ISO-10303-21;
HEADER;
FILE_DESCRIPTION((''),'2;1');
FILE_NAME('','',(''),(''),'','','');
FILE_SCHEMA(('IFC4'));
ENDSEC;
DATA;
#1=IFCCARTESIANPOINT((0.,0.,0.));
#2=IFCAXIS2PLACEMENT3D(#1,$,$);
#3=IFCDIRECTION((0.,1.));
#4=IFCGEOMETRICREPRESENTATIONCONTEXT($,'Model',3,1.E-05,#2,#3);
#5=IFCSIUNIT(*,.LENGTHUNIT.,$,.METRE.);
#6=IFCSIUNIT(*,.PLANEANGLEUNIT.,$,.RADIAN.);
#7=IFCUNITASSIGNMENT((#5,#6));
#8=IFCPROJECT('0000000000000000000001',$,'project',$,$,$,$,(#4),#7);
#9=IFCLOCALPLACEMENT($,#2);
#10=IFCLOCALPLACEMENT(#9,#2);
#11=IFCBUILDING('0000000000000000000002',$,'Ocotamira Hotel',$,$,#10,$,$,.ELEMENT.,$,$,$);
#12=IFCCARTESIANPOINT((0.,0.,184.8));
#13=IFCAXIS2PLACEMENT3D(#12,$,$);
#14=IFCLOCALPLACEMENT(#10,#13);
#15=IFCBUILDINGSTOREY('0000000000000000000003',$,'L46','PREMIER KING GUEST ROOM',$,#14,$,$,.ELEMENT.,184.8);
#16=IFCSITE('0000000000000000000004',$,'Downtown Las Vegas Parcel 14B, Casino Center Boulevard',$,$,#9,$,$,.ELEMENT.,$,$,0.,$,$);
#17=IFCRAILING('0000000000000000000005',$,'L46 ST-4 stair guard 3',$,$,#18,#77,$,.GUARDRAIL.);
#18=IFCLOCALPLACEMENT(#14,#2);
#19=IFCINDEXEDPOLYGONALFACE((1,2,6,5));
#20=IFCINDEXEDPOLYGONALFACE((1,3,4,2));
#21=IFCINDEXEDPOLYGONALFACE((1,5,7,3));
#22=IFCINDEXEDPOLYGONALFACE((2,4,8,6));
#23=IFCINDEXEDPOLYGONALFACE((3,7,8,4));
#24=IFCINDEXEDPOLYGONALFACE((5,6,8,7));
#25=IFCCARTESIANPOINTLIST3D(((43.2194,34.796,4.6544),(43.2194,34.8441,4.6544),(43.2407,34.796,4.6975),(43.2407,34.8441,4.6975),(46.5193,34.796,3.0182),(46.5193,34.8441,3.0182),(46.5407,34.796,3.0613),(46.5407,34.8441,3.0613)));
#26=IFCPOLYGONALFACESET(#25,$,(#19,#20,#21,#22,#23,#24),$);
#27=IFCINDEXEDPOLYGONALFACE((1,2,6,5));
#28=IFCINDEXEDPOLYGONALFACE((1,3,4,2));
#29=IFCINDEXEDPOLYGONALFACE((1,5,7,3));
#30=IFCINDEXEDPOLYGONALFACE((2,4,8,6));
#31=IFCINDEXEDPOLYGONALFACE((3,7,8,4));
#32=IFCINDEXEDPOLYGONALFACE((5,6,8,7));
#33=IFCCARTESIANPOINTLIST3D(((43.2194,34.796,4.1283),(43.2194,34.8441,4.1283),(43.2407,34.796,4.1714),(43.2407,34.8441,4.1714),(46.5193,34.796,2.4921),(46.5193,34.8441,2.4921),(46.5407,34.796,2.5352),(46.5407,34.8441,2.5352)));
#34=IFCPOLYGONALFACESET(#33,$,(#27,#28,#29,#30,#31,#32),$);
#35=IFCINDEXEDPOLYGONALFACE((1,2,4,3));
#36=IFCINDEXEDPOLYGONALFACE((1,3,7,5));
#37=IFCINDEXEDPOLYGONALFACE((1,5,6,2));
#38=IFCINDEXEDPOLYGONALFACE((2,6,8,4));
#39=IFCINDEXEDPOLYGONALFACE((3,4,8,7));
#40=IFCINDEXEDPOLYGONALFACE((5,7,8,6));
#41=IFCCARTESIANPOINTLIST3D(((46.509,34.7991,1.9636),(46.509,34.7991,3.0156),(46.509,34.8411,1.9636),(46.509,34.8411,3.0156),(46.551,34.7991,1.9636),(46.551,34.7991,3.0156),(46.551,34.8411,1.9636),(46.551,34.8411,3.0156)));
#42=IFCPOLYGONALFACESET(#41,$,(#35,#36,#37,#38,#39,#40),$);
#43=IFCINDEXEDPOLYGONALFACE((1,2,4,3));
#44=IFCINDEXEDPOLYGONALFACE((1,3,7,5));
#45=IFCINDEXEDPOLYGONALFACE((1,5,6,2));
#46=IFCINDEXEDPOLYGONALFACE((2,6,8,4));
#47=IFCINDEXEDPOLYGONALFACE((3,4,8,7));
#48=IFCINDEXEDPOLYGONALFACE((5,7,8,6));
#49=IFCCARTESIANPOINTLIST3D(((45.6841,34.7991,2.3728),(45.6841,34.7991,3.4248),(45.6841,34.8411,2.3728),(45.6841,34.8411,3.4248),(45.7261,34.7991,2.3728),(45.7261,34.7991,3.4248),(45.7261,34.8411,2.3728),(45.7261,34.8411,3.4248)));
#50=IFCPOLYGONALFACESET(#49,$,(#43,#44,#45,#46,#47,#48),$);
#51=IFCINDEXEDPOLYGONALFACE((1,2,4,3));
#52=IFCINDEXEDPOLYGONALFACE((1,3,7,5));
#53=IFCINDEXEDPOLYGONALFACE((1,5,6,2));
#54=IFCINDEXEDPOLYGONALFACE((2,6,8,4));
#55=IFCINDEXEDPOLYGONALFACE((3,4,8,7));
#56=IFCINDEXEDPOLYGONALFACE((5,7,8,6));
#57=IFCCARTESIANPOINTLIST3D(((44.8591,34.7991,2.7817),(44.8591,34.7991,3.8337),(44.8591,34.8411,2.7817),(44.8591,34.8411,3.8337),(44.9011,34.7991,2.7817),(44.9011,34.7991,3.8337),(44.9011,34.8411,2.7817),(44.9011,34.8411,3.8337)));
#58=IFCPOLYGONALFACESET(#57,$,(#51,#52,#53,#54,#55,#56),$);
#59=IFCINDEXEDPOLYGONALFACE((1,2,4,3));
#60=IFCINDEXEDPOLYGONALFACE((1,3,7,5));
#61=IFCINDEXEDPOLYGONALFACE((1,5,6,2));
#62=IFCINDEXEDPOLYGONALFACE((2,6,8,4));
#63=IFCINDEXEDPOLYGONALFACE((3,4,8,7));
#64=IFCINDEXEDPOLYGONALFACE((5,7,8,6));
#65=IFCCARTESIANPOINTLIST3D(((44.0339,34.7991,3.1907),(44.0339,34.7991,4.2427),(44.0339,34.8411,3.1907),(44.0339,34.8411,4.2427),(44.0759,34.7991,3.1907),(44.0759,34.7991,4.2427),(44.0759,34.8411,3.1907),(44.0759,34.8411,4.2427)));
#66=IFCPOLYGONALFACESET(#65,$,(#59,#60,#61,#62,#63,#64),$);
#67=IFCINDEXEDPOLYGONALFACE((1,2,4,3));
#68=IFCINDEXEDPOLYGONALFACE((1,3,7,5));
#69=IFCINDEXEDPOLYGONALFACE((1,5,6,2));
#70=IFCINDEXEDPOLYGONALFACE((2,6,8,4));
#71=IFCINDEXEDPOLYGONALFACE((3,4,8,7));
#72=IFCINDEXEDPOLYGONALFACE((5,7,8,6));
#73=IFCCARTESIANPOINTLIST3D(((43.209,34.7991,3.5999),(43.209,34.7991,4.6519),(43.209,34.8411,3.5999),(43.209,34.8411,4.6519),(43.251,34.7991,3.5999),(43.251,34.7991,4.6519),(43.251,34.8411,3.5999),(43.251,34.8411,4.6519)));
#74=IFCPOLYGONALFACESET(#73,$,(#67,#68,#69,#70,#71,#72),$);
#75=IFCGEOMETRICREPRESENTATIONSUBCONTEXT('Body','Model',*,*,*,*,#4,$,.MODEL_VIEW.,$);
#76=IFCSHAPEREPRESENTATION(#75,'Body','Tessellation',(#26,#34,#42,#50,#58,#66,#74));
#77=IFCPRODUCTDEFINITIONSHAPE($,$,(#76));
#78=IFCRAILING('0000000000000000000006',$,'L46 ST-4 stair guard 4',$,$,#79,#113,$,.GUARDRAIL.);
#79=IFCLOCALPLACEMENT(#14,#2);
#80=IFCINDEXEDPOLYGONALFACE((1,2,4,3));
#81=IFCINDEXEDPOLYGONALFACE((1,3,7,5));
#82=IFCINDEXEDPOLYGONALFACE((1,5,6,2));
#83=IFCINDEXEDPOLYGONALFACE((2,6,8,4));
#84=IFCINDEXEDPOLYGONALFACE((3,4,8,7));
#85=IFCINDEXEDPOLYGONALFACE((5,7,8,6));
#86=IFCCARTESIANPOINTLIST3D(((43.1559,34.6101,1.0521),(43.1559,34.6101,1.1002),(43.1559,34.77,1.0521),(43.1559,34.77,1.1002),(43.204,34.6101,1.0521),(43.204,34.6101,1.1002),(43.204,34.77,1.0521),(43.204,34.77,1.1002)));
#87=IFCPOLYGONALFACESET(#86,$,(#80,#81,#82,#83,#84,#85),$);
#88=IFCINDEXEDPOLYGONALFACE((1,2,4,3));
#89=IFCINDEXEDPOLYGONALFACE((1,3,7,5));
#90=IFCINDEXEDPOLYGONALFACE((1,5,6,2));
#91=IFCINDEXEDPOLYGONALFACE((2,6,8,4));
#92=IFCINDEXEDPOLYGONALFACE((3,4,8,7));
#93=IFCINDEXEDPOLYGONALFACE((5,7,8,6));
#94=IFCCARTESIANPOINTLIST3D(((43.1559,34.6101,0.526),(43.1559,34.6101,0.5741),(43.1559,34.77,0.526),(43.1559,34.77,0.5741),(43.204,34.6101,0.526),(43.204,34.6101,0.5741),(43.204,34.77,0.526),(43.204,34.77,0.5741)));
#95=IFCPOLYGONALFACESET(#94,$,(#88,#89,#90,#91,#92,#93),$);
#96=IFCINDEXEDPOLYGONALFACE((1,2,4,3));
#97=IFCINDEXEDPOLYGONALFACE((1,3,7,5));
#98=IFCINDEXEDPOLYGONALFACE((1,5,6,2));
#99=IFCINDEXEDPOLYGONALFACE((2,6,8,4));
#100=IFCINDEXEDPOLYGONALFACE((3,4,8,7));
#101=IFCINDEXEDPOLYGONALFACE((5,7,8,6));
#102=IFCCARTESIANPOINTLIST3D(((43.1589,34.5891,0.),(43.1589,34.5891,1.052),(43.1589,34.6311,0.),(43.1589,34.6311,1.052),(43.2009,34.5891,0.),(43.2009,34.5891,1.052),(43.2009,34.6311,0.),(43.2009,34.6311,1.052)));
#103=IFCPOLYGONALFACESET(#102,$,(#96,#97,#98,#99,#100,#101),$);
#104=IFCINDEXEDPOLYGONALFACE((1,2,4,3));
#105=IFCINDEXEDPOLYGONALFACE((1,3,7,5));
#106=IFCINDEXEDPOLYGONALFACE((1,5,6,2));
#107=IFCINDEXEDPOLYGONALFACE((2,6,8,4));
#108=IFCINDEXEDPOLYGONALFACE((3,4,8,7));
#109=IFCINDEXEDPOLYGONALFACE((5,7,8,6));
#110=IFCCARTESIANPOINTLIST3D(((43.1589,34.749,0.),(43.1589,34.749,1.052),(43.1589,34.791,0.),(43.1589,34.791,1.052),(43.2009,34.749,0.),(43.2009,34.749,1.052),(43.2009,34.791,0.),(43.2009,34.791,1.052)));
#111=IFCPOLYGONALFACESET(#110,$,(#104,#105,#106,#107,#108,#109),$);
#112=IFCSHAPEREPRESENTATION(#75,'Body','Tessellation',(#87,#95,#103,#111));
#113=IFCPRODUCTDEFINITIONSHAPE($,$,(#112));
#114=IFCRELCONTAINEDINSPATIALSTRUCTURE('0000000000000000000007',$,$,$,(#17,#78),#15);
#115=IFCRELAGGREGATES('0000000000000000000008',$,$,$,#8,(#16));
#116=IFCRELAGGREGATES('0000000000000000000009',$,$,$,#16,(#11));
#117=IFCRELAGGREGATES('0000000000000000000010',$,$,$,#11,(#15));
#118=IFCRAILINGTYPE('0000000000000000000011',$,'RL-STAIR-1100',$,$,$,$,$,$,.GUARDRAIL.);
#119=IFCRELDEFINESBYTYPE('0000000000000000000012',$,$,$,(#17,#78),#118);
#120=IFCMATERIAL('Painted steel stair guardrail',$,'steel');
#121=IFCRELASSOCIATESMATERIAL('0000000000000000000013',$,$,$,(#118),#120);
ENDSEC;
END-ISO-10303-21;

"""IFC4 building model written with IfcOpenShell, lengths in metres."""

from ifc_helpers import new_model, si_unit, direction, frame, origin, origin_2d, place, context, subcontext, project, spatial, rectangle, extrude, material, type_object, element, save


model = new_model("IFC4")

# Units and contexts
model_context = context("Model", 3, precision=1e-05, world=origin(), true_north=direction((0.0, 1.0)))
body_context = subcontext(model_context, "Body", "Model", "MODEL_VIEW")
ifc_project = project(units=[si_unit("LENGTHUNIT", "METRE"), si_unit("PLANEANGLEUNIT", "RADIAN")], contexts=[model_context])

# Site, building, storey
site_placement = place(None, origin())
site = spatial("IfcSite", under=ifc_project, at=site_placement, Name="Downtown Las Vegas Parcel 14B, Casino Center Boulevard", CompositionType="ELEMENT", RefElevation=0.0)
building_placement = place(site_placement, origin())
building = spatial("IfcBuilding", under=site, at=building_placement, Name="Ocotamira Hotel", CompositionType="ELEMENT")
storey_placement = place(building_placement, frame((0.0, 0.0, 184.8)))
storey = spatial("IfcBuildingStorey", under=building, at=storey_placement, Name="L46", Description="PREMIER KING GUEST ROOM", CompositionType="ELEMENT", Elevation=184.8)

# Railings
ifc_material_1 = material(Name="Painted steel stair guardrail", Category="steel")
railing_type_1 = type_object("IfcRailingType", Name="RL-STAIR-1100", PredefinedType="GUARDRAIL", material=ifc_material_1)
railing_1_placement = place(storey_placement, frame((46.53, 34.8201, 1.9636)))
element("IfcRailing", 1, at=railing_1_placement, inside=storey, type_object=railing_type_1, Name="L46 ST-4 stair guard 3", PredefinedType="GUARDRAIL", context=body_context, shape_type="SweptSolid", body=[
    extrude(rectangle(XDim=0.0481, YDim=0.0481, at=origin_2d()), frame((0.0, 0.0, 1.0762), z_axis=(-0.89592, 0.0, 0.444215), x_axis=(0.0, -1.0, 0.0)), (0.0, 0.0, 1.0), 3.6833),
    extrude(rectangle(XDim=0.0481, YDim=0.0481, at=origin_2d()), frame((0.0, 0.0, 0.55), z_axis=(-0.89592, 0.0, 0.444215), x_axis=(0.0, -1.0, 0.0)), (0.0, 0.0, 1.0), 3.6833),
    extrude(rectangle(XDim=0.042, YDim=0.042, at=origin_2d()), origin(), (0.0, 0.0, 1.0), 1.052),
    extrude(rectangle(XDim=0.042, YDim=0.042, at=origin_2d()), frame((-0.825, 0.0, 0.4092)), (0.0, 0.0, 1.0), 1.052),
    extrude(rectangle(XDim=0.042, YDim=0.042, at=origin_2d()), frame((-1.6499, 0.0, 0.8181)), (0.0, 0.0, 1.0), 1.052),
    extrude(rectangle(XDim=0.042, YDim=0.042, at=origin_2d()), frame((-2.4751, 0.0, 1.2271)), (0.0, 0.0, 1.0), 1.052),
    extrude(rectangle(XDim=0.042, YDim=0.042, at=origin_2d()), frame((-3.3, 0.0, 1.6362)), (0.0, 0.0, 1.0), 1.052),
])
railing_2_placement = place(storey_placement, frame((43.1799, 34.6101, 0.0)))
element("IfcRailing", 2, at=railing_2_placement, inside=storey, type_object=railing_type_1, Name="L46 ST-4 stair guard 4", PredefinedType="GUARDRAIL", context=body_context, shape_type="SweptSolid", body=[
    extrude(rectangle(XDim=0.0481, YDim=0.0481, at=origin_2d()), frame((0.0, 0.0, 1.0762), z_axis=(0.0, 1.0, 0.0), x_axis=(-1.0, 0.0, 0.0)), (0.0, 0.0, 1.0), 0.1599),
    extrude(rectangle(XDim=0.0481, YDim=0.0481, at=origin_2d()), frame((0.0, 0.0, 0.55), z_axis=(0.0, 1.0, 0.0), x_axis=(-1.0, 0.0, 0.0)), (0.0, 0.0, 1.0), 0.1599),
    extrude(rectangle(XDim=0.042, YDim=0.042, at=origin_2d()), origin(), (0.0, 0.0, 1.0), 1.052),
    extrude(rectangle(XDim=0.042, YDim=0.042, at=origin_2d()), frame((0.0, 0.1599, 0.0)), (0.0, 0.0, 1.0), 1.052),
])

save(model, "model.ifc")
